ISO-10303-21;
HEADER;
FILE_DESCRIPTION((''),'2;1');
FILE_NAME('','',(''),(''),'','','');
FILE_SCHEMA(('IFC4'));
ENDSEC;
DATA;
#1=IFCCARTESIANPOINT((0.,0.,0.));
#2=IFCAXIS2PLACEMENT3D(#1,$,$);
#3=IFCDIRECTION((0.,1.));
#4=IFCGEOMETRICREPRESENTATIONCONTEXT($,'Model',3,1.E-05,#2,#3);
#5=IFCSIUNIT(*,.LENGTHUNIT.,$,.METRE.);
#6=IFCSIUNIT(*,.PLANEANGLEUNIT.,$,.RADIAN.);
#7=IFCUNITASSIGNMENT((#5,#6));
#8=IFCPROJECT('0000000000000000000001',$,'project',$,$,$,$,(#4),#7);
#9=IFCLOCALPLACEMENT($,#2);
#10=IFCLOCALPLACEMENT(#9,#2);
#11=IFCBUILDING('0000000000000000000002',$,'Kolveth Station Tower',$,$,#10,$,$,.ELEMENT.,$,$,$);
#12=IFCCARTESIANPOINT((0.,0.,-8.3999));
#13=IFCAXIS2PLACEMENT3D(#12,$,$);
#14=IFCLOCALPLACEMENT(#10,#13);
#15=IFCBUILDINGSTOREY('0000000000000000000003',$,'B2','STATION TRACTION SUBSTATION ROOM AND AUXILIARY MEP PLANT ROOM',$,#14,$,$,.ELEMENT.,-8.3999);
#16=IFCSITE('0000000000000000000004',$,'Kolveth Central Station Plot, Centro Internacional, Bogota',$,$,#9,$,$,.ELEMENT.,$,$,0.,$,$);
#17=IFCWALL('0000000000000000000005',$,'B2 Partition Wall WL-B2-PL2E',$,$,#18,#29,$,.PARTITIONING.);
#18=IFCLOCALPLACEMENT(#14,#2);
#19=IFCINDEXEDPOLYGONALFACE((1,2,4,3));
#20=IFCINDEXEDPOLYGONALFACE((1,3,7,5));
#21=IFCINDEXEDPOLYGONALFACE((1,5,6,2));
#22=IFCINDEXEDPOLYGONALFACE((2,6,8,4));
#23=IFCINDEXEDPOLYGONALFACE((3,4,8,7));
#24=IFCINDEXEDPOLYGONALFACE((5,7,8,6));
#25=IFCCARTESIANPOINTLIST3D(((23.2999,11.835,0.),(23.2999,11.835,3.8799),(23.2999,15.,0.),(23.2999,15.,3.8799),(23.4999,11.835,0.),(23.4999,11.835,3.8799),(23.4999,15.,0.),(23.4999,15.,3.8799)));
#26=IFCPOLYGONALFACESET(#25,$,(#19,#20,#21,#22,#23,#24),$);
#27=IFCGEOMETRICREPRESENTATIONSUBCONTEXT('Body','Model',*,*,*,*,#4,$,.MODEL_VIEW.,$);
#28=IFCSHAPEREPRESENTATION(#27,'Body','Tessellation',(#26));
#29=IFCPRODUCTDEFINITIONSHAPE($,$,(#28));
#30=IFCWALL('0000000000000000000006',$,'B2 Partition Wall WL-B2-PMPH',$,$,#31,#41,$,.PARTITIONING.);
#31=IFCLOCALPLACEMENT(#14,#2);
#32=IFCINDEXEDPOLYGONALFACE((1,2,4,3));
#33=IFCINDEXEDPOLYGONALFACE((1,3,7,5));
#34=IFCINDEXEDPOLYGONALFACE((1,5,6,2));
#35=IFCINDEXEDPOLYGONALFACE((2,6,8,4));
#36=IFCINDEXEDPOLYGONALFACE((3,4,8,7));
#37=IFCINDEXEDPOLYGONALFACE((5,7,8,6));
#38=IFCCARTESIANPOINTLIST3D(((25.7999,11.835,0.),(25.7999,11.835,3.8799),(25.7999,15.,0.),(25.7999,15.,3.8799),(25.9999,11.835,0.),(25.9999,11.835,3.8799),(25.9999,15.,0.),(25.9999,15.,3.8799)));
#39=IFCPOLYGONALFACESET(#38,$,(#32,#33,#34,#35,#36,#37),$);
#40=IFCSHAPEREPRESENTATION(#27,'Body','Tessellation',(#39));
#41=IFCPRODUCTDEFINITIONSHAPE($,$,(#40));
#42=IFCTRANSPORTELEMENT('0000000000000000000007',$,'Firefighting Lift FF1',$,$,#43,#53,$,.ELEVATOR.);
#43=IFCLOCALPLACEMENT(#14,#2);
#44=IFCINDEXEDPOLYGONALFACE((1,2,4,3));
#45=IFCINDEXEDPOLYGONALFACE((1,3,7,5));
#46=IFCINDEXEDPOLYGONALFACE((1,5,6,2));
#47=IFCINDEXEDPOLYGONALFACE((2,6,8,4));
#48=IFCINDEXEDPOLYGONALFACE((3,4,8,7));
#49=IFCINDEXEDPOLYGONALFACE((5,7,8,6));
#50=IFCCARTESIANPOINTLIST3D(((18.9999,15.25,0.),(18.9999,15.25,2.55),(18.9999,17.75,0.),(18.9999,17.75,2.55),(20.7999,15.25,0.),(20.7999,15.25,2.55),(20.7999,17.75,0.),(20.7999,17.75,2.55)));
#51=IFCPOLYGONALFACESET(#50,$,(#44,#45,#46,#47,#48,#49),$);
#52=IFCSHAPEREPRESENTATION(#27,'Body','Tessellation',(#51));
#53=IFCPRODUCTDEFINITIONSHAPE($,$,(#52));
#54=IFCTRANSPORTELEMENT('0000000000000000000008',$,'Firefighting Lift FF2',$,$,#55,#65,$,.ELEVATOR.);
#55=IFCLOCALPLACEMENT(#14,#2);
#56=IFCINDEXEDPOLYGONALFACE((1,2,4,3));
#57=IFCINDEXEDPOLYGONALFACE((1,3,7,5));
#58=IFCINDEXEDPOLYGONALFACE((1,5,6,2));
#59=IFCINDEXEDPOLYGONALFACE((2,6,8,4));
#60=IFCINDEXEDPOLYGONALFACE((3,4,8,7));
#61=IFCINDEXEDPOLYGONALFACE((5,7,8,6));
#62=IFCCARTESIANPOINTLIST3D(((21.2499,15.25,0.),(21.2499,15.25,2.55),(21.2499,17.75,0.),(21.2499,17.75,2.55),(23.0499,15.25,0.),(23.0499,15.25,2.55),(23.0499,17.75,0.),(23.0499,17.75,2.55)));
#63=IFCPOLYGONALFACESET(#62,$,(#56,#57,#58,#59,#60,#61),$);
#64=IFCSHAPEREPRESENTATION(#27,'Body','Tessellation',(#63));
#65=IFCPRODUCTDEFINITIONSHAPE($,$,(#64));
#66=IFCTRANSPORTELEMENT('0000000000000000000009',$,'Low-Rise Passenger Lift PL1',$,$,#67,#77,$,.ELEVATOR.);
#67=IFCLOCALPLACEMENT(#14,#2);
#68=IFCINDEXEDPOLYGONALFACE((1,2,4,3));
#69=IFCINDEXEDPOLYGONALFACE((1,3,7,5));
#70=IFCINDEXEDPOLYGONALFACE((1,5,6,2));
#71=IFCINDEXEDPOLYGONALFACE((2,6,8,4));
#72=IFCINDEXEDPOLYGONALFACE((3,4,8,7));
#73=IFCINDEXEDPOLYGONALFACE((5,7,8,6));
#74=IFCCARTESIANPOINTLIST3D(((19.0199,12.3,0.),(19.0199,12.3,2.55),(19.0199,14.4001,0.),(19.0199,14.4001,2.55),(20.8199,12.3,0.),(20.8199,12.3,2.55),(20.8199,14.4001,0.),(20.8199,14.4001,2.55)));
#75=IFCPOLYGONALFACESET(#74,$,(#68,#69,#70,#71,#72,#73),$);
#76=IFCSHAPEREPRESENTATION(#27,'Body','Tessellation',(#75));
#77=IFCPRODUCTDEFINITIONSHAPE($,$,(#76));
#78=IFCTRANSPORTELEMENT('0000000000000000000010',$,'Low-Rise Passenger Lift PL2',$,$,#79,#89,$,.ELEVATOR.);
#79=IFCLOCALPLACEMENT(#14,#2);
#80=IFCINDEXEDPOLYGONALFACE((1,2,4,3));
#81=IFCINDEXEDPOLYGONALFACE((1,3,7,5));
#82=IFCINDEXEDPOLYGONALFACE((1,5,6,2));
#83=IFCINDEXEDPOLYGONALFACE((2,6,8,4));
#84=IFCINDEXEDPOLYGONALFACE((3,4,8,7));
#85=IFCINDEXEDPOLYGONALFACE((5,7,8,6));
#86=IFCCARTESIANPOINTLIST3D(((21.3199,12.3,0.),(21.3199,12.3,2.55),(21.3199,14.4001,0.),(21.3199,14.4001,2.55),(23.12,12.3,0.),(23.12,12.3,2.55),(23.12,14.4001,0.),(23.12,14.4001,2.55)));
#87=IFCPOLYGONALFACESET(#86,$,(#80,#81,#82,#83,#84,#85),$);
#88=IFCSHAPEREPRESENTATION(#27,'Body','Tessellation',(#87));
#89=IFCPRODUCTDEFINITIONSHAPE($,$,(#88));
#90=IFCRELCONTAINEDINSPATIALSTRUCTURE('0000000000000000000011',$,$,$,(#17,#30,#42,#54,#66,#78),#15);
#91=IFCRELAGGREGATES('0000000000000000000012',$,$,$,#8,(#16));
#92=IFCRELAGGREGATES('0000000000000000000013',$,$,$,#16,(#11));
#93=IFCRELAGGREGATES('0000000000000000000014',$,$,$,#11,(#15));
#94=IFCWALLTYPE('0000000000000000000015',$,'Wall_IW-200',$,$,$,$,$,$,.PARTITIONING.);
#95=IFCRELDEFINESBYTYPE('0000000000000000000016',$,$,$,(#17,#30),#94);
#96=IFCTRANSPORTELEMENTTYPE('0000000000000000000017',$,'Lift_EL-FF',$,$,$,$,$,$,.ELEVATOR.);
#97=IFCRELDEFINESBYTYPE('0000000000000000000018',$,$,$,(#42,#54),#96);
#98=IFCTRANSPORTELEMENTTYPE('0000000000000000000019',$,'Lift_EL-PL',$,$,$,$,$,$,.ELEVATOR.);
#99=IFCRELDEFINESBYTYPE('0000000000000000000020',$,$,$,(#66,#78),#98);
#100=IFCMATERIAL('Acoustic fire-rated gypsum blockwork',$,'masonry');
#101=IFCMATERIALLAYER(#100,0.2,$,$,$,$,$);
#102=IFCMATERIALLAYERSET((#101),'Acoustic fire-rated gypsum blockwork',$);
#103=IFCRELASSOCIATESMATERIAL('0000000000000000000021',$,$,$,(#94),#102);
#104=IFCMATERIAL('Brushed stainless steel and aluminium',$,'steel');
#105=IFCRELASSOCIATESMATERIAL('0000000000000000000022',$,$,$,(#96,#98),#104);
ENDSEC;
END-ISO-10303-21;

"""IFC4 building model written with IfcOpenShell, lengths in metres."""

from ifc_helpers import new_model, si_unit, direction, frame, frame_2d, origin, origin_2d, place, context, subcontext, project, spatial, rectangle, extrude, source, transform, mapped, material, layer, layer_set, type_object, element, save


model = new_model("IFC4")

# Units and contexts
model_context = context("Model", 3, precision=1e-05, world=origin(), true_north=direction((0.0, 1.0)))
body_context = subcontext(model_context, "Body", "Model", "MODEL_VIEW")
ifc_project = project(units=[si_unit("LENGTHUNIT", "METRE"), si_unit("PLANEANGLEUNIT", "RADIAN")], contexts=[model_context])

# Site, building, storey
site_placement = place(None, origin())
site = spatial("IfcSite", under=ifc_project, at=site_placement, Name="Kolveth Central Station Plot, Centro Internacional, Bogota", CompositionType="ELEMENT", RefElevation=0.0)
building_placement = place(site_placement, origin())
building = spatial("IfcBuilding", under=site, at=building_placement, Name="Kolveth Station Tower", CompositionType="ELEMENT")
storey_placement = place(building_placement, frame((0.0, 0.0, -8.3999)))
storey = spatial("IfcBuildingStorey", under=building, at=storey_placement, Name="B2", Description="STATION TRACTION SUBSTATION ROOM AND AUXILIARY MEP PLANT ROOM", CompositionType="ELEMENT", Elevation=-8.3999)

# Walls
ifc_material_1 = material(Name="Acoustic fire-rated gypsum blockwork", Category="masonry")
ifc_layer_1 = layer(ifc_material_1, 0.2)
ifc_layer_set_1 = layer_set([ifc_layer_1], Name="Acoustic fire-rated gypsum blockwork")
wall_type_1 = type_object("IfcWallType", Name="Wall_IW-200", PredefinedType="PARTITIONING", material=ifc_layer_set_1)
for number, where, z_axis, x_axis, name in (
    (1, (23.3999, 11.835, 0.0), (0.0, 0.0, 1.0), (0.0, 1.0, 0.0), "B2 Partition Wall WL-B2-PL2E"),
    (2, (25.8999, 11.835, 0.0), (0.0, 0.0, 1.0), (0.0, 1.0, 0.0), "B2 Partition Wall WL-B2-PMPH"),
):
    element("IfcWall", number, at=place(storey_placement, frame(where, z_axis=z_axis, x_axis=x_axis)), inside=storey, type_object=wall_type_1, Name=name, PredefinedType="PARTITIONING", context=body_context, shape_type="SweptSolid", body=[
        extrude(rectangle(XDim=3.165, YDim=0.2, at=frame_2d((1.5825, 0.0))), origin(), (0.0, 0.0, 1.0), 3.8799),
    ])

# Transport elements
ifc_material_2 = material(Name="Brushed stainless steel and aluminium", Category="steel")
transport_element_type_1 = type_object("IfcTransportElementType", Name="Lift_EL-FF", PredefinedType="ELEVATOR", material=ifc_material_2)
shared_shape_1 = source(origin(), body_context, "Body", "SweptSolid", [
    extrude(rectangle(XDim=1.8, YDim=2.5, at=origin_2d()), origin(), (0.0, 0.0, 1.0), 2.55),
])
for number, where, z_axis, x_axis, name in (
    (3, (19.8999, 16.5, 0.0), (0.0, 0.0, 1.0), (1.0, 0.0, 0.0), "Firefighting Lift FF1"),
    (4, (22.1499, 16.5, 0.0), (0.0, 0.0, 1.0), (1.0, 0.0, 0.0), "Firefighting Lift FF2"),
):
    element("IfcTransportElement", number, at=place(storey_placement, frame(where, z_axis=z_axis, x_axis=x_axis)), inside=storey, type_object=transport_element_type_1, Name=name, PredefinedType="ELEVATOR", context=body_context, shape_type="MappedRepresentation", body=[
        mapped(shared_shape_1, transform((0.0, 0.0, 0.0), x_axis=(1.0, 0.0, 0.0), y_axis=(0.0, 1.0, 0.0), z_axis=(0.0, 0.0, 1.0), scale=1.0)),
    ])
transport_element_type_2 = type_object("IfcTransportElementType", Name="Lift_EL-PL", PredefinedType="ELEVATOR", material=ifc_material_2)
shared_shape_2 = source(origin(), body_context, "Body", "SweptSolid", [
    extrude(rectangle(XDim=1.8, YDim=2.1001, at=origin_2d()), origin(), (0.0, 0.0, 1.0), 2.55),
])
for number, where, z_axis, x_axis, name in (
    (5, (19.9199, 13.3501, 0.0), (0.0, 0.0, 1.0), (1.0, 0.0, 0.0), "Low-Rise Passenger Lift PL1"),
    (6, (22.22, 13.3501, 0.0), (0.0, 0.0, 1.0), (1.0, 0.0, 0.0), "Low-Rise Passenger Lift PL2"),
):
    element("IfcTransportElement", number, at=place(storey_placement, frame(where, z_axis=z_axis, x_axis=x_axis)), inside=storey, type_object=transport_element_type_2, Name=name, PredefinedType="ELEVATOR", context=body_context, shape_type="MappedRepresentation", body=[
        mapped(shared_shape_2, transform((0.0, 0.0, 0.0), x_axis=(1.0, 0.0, 0.0), y_axis=(0.0, 1.0, 0.0), z_axis=(0.0, 0.0, 1.0), scale=1.0)),
    ])

save(model, "model.ifc")
